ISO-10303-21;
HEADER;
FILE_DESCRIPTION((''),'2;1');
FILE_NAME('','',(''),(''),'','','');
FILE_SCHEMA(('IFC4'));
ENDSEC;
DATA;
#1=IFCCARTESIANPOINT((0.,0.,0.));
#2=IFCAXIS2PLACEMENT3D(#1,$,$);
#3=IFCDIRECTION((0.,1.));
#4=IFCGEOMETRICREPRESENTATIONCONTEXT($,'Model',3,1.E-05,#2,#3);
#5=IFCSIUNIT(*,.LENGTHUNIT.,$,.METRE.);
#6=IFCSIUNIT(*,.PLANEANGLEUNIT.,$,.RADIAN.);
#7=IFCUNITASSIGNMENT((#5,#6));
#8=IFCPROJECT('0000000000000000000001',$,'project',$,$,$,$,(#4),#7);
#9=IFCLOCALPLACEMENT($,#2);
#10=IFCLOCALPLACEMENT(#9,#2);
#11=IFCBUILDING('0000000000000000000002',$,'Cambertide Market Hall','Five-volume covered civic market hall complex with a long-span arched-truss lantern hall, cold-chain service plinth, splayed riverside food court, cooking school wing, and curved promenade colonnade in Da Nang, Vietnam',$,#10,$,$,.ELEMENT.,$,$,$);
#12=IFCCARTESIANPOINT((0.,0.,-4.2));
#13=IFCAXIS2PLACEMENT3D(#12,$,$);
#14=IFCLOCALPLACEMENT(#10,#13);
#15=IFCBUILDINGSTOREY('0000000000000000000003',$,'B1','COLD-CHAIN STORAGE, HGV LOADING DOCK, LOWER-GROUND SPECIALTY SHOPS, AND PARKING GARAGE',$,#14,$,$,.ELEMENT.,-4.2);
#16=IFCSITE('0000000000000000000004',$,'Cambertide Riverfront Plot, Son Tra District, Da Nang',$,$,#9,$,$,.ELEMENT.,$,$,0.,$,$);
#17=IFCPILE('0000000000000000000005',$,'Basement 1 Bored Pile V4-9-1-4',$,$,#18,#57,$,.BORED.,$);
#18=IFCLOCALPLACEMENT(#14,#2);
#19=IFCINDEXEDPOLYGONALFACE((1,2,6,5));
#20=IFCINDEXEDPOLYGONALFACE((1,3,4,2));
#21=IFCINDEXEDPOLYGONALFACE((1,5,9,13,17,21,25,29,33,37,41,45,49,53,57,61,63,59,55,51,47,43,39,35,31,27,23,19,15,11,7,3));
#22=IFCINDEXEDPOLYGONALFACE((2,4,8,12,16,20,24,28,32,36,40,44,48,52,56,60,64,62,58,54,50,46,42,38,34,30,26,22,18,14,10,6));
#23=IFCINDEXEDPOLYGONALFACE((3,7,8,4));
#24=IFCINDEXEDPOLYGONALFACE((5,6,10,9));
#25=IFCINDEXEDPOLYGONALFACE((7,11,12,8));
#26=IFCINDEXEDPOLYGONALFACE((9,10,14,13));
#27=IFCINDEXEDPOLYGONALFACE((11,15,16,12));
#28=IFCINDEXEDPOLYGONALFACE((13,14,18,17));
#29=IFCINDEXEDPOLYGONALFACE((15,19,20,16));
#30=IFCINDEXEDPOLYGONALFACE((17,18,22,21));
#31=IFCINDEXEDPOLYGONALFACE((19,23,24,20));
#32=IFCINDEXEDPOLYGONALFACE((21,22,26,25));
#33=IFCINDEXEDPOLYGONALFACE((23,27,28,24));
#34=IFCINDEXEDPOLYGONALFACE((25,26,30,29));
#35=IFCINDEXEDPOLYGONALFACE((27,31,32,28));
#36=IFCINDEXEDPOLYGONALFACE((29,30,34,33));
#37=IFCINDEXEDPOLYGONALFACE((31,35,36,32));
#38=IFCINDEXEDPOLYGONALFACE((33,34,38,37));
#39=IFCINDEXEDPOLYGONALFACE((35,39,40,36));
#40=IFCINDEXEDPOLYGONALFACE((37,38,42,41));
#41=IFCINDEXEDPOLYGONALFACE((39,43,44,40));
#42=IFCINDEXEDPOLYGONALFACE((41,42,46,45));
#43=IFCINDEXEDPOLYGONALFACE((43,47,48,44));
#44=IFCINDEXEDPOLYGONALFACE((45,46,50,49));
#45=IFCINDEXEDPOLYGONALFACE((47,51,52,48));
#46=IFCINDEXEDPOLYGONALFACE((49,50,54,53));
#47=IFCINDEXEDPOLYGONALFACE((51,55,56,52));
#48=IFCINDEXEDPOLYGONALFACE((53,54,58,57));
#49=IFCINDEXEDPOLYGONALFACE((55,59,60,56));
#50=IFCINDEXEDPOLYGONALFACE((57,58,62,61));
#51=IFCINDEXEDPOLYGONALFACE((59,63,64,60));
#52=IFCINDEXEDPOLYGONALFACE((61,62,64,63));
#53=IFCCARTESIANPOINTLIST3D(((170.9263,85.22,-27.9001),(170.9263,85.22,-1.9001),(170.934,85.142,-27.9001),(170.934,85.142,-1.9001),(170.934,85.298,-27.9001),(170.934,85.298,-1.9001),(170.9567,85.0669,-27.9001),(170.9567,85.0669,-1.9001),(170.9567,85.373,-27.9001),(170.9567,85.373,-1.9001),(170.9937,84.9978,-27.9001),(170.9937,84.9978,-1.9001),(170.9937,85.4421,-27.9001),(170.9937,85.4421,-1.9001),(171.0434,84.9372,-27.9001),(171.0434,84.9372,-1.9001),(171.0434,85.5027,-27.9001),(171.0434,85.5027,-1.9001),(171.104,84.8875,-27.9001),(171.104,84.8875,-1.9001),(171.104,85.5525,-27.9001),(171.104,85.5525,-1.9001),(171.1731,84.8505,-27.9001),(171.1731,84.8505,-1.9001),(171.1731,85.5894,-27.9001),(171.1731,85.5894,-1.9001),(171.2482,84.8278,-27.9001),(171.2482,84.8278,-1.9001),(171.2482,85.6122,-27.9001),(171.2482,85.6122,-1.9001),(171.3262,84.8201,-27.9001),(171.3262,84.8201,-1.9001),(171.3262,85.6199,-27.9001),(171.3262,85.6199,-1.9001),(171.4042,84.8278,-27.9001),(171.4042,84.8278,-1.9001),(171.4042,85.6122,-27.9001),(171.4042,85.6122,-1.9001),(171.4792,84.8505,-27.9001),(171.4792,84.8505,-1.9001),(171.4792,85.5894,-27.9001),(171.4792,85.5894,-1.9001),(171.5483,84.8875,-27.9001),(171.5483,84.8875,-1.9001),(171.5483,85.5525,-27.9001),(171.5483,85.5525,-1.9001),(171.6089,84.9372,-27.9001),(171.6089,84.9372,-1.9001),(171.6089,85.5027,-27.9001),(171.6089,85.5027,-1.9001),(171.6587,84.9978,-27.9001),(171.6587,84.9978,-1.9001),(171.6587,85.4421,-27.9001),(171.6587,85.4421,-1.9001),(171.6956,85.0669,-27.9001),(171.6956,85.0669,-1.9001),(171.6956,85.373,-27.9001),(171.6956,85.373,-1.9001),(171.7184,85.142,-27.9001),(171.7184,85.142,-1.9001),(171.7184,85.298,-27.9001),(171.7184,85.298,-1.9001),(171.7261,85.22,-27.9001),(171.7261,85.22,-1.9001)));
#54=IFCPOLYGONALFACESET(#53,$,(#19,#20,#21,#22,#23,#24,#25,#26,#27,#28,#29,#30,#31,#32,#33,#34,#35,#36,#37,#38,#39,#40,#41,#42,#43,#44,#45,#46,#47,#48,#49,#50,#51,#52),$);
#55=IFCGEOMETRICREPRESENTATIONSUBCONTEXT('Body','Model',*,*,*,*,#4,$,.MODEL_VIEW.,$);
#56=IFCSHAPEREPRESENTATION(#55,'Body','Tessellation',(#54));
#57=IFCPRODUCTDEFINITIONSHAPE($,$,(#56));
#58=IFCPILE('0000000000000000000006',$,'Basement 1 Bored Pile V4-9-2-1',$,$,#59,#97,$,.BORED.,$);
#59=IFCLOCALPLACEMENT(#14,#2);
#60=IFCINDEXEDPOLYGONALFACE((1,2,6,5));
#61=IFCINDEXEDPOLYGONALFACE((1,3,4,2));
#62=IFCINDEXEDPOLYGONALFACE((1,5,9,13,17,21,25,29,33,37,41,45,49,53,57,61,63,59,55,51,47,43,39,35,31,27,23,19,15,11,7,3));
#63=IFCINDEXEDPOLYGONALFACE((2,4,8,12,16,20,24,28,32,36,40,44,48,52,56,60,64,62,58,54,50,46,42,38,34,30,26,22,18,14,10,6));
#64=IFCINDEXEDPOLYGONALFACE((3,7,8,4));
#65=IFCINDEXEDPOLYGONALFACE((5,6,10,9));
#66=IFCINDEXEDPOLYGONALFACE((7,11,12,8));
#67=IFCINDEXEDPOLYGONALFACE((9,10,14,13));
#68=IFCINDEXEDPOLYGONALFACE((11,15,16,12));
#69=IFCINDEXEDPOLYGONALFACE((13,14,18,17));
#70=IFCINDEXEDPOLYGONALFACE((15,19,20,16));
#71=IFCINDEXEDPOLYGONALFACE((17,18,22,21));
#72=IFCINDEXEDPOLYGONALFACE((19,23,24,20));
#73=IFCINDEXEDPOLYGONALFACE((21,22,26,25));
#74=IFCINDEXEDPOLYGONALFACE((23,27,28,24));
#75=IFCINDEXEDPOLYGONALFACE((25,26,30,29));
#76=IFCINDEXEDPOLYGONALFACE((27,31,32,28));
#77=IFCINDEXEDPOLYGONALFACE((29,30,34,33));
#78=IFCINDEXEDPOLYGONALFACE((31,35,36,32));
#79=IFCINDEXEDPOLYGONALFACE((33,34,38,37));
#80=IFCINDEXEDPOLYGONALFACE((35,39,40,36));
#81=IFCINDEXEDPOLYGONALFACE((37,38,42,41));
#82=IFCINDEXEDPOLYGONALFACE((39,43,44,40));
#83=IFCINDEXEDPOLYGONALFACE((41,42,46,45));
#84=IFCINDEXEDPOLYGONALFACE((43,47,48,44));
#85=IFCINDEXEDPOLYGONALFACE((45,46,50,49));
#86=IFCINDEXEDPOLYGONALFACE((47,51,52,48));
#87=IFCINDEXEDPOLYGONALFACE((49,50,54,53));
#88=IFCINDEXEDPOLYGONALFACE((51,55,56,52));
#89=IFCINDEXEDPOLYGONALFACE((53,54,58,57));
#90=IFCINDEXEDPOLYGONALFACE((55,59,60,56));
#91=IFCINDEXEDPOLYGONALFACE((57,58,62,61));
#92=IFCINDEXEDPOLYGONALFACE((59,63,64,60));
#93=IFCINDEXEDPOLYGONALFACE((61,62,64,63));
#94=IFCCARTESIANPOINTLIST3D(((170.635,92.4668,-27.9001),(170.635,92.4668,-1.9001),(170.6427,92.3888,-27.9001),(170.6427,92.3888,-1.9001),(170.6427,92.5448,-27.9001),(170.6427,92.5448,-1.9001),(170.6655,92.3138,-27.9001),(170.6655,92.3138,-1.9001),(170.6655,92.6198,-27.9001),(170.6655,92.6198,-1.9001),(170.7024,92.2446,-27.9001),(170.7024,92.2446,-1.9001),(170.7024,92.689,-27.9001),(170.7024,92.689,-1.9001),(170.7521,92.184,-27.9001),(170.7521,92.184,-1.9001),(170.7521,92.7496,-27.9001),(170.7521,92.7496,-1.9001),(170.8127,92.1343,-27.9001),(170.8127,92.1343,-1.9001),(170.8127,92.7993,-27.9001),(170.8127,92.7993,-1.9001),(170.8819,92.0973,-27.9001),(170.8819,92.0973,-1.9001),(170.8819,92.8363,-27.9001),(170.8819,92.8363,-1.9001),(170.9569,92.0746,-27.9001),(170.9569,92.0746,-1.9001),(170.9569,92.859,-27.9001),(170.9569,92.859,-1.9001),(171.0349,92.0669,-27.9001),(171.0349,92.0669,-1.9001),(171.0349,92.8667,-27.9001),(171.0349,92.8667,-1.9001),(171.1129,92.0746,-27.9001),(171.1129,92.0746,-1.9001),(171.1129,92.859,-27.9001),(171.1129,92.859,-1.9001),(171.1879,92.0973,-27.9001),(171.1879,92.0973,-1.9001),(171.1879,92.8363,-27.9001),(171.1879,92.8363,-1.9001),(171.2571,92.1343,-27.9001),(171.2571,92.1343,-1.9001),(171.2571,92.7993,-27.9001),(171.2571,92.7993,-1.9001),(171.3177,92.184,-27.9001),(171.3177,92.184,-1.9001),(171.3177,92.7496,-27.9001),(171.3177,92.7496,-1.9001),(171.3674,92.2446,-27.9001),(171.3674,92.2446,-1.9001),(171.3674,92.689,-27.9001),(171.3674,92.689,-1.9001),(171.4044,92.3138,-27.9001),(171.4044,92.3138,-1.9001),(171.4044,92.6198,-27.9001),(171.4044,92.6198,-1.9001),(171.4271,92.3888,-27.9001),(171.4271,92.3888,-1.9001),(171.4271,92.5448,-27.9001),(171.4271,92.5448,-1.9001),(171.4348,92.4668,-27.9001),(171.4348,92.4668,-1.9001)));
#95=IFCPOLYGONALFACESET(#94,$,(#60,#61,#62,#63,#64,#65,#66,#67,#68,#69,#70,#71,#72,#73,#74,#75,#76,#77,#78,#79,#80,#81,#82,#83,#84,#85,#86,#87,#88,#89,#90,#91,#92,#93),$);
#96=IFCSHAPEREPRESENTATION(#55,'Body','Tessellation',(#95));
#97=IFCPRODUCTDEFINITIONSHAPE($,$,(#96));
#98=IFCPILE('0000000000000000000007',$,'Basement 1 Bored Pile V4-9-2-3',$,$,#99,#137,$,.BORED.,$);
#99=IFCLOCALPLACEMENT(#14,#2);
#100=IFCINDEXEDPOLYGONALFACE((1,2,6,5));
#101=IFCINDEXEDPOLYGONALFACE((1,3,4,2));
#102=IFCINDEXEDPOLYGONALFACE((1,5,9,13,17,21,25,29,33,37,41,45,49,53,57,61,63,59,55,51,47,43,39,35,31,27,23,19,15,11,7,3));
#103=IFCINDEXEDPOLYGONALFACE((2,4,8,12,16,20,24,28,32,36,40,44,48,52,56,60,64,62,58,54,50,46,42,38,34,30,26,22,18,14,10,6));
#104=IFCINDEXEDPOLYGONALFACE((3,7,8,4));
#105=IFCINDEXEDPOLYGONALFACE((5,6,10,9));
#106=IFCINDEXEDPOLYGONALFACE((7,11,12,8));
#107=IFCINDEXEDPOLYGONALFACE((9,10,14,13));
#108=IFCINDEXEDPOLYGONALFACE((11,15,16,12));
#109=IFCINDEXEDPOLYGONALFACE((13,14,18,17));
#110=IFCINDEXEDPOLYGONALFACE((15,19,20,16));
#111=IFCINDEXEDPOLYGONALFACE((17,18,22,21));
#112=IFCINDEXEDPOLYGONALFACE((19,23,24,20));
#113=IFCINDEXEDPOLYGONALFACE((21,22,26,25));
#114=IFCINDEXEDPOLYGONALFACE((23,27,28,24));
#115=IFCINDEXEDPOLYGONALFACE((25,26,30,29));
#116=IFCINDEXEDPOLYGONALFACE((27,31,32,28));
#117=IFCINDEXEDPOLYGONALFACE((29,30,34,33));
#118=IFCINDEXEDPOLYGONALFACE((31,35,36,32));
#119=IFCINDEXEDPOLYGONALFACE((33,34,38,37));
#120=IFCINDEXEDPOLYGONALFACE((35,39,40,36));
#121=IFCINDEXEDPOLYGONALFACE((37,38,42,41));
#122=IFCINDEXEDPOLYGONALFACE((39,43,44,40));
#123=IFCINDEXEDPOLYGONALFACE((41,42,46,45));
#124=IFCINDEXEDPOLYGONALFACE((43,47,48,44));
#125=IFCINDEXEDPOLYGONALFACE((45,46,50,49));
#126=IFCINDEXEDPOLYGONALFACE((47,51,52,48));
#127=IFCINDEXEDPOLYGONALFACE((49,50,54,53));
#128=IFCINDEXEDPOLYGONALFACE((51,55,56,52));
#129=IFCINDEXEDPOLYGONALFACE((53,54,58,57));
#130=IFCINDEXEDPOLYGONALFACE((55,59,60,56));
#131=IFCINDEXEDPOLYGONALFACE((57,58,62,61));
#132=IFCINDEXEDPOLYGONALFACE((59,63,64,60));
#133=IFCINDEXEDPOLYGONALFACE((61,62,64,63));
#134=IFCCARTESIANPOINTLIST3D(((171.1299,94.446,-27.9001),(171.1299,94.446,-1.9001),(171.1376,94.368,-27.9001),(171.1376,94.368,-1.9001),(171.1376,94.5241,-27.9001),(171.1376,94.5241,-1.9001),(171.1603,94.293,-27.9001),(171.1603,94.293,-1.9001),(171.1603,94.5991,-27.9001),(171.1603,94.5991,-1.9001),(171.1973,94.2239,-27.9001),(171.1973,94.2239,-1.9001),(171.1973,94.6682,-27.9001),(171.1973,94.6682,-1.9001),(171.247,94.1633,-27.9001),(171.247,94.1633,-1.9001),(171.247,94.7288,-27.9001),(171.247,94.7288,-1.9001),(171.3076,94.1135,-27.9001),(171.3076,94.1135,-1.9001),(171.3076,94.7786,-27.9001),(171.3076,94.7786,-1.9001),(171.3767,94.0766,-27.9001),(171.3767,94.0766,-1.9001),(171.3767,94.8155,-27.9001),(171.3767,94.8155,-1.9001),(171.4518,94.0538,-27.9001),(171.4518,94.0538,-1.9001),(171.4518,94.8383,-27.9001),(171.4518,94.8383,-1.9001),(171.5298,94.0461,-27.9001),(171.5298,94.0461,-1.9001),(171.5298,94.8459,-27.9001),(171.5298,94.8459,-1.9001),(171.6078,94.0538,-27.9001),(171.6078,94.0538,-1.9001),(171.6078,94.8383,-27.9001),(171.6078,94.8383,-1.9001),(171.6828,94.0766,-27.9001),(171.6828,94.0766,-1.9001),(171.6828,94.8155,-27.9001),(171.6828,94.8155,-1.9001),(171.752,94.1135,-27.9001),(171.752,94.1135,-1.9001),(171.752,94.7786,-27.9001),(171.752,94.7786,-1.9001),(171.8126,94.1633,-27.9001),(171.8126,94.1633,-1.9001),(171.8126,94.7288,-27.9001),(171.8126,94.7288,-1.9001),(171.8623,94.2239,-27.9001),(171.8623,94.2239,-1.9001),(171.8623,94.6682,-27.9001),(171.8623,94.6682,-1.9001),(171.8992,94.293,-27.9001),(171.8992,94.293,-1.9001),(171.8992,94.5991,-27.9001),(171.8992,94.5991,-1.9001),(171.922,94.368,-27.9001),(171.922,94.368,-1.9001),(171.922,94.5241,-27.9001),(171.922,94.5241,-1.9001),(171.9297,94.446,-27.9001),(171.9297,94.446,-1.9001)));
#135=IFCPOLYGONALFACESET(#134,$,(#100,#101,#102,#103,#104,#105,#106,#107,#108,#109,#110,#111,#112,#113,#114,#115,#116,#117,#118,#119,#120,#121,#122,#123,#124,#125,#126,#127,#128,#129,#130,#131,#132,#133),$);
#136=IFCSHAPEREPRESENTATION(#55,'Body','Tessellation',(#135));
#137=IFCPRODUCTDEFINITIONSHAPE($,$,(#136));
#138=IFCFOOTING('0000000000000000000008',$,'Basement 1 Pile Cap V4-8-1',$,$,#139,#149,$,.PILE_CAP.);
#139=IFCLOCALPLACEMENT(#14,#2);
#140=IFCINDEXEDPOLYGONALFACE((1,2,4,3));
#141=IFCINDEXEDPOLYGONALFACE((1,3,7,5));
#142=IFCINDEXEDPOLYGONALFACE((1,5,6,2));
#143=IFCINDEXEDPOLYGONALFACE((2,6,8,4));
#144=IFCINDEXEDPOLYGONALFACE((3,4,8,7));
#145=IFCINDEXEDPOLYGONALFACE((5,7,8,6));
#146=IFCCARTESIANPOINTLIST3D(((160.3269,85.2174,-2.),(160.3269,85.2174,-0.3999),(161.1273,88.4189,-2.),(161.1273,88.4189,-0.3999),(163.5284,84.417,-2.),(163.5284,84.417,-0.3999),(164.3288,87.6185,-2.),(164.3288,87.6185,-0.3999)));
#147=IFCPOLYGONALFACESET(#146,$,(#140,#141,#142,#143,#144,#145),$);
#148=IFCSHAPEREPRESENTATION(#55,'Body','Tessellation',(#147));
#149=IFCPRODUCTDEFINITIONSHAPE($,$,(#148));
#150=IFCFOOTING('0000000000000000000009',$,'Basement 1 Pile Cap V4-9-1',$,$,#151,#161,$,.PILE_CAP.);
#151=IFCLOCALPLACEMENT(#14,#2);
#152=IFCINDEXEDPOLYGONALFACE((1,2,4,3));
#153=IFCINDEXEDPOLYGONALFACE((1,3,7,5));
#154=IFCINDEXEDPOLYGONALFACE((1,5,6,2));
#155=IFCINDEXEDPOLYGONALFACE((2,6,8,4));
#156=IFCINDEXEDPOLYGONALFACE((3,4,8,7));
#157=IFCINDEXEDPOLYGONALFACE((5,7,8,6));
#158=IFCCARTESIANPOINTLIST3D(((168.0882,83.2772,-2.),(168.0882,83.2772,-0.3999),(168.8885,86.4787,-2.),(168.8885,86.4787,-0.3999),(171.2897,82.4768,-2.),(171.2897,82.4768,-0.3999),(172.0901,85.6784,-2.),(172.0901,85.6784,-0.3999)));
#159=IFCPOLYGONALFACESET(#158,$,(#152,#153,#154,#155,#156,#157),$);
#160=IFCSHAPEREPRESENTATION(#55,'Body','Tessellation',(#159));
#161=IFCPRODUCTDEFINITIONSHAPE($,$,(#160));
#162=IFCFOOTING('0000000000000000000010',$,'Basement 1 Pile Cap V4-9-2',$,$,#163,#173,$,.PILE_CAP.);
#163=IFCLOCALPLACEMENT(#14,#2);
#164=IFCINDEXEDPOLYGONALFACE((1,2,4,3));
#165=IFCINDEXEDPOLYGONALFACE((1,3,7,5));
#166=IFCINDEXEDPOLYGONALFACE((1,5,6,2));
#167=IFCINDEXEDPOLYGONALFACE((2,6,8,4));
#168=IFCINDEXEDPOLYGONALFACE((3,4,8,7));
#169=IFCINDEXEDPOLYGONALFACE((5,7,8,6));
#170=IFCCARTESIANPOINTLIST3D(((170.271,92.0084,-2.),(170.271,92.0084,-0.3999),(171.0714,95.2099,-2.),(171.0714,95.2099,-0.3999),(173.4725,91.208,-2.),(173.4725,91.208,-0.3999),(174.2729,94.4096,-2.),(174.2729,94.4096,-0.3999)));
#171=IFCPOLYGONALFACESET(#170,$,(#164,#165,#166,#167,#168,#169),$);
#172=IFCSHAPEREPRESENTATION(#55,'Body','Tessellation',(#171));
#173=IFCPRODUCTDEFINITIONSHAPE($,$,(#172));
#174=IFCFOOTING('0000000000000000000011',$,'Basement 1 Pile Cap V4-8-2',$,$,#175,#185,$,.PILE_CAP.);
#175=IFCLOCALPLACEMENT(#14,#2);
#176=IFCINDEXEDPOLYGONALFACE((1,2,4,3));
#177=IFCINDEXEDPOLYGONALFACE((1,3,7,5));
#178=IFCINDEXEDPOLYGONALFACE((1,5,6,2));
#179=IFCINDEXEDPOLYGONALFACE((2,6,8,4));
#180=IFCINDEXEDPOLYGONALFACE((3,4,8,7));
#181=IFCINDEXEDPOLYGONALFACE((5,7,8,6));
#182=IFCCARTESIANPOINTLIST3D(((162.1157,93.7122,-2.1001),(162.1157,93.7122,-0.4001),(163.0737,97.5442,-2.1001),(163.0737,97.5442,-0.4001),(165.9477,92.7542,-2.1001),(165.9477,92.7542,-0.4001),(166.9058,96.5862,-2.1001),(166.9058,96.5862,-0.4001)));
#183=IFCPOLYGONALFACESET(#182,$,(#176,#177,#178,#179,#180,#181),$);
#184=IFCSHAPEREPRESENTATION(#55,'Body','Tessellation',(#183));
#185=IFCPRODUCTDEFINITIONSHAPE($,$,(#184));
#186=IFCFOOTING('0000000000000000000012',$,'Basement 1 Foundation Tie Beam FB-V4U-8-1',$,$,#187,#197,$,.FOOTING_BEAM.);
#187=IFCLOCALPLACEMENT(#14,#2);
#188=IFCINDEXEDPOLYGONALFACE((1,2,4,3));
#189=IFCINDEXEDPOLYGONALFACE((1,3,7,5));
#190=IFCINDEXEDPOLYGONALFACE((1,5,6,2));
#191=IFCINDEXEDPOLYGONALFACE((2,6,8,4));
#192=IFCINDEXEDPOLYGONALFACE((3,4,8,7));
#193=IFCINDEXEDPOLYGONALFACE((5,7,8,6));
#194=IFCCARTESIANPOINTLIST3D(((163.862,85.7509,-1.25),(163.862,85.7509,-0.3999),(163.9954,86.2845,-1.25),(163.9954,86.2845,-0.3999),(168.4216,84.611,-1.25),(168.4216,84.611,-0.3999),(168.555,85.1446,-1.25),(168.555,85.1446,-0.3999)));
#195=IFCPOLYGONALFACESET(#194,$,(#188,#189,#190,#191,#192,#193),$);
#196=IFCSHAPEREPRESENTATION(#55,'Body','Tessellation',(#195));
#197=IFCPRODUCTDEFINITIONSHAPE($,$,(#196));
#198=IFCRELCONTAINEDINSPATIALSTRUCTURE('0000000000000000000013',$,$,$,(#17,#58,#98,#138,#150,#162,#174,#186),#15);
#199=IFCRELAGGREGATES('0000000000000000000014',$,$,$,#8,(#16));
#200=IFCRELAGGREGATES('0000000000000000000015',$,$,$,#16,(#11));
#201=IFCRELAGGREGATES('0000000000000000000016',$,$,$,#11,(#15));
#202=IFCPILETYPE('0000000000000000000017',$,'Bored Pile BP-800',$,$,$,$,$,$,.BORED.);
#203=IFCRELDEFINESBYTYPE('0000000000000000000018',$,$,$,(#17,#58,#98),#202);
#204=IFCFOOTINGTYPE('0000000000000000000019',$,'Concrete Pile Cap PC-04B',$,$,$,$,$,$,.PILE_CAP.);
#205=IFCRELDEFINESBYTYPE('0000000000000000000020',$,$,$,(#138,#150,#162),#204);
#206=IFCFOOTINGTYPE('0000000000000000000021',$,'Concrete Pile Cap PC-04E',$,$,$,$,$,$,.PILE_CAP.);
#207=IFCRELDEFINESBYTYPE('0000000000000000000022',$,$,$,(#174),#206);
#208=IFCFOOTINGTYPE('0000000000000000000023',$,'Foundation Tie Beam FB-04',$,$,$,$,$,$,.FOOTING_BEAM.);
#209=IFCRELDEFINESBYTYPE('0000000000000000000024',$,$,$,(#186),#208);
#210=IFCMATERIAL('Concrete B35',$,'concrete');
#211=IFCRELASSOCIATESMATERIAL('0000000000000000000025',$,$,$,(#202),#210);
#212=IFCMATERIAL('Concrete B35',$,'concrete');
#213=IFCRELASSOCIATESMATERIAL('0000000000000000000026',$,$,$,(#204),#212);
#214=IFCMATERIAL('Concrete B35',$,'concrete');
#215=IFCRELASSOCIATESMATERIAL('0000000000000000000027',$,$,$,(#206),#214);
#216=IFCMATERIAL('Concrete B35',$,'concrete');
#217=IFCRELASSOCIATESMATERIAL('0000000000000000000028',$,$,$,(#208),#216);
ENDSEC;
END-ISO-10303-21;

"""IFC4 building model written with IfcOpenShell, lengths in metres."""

from ifc_helpers import new_model, si_unit, direction, frame, origin, origin_2d, place, context, subcontext, project, spatial, rectangle, circle, extrude, material, material_profile, profile_set, type_object, element, save


model = new_model("IFC4")

# Units and contexts
model_context = context("Model", 3, precision=1e-05, world=origin(), true_north=direction((0.0, 1.0)))
body_context = subcontext(model_context, "Body", "Model", "MODEL_VIEW")
ifc_project = project(units=[si_unit("LENGTHUNIT", "METRE"), si_unit("PLANEANGLEUNIT", "RADIAN")], contexts=[model_context])

# Site, building, storey
site_placement = place(None, origin())
site = spatial("IfcSite", under=ifc_project, at=site_placement, Name="Cambertide Riverfront Plot, Son Tra District, Da Nang", CompositionType="ELEMENT", RefElevation=0.0)
building_placement = place(site_placement, origin())
building = spatial("IfcBuilding", under=site, at=building_placement, Name="Cambertide Market Hall", Description="Five-volume covered civic market hall complex with a long-span arched-truss lantern hall, cold-chain service plinth, splayed riverside food court, cooking school wing, and curved promenade colonnade in Da Nang, Vietnam", CompositionType="ELEMENT")
storey_placement = place(building_placement, frame((0.0, 0.0, -4.2)))
storey = spatial("IfcBuildingStorey", under=building, at=storey_placement, Name="B1", Description="COLD-CHAIN STORAGE, HGV LOADING DOCK, LOWER-GROUND SPECIALTY SHOPS, AND PARKING GARAGE", CompositionType="ELEMENT", Elevation=-4.2)

# Piles
ifc_material_1 = material(Name="Concrete B35", Category="concrete")
ifc_material_profile_1 = material_profile(ifc_material_1, circle(Radius=0.3999, at=origin_2d()), Name="BP D800")
ifc_profile_set_1 = profile_set([ifc_material_profile_1], Name="Concrete B35")
pile_type_1 = type_object("IfcPileType", Name="Bored Pile BP-800", PredefinedType="BORED", material=ifc_profile_set_1)
for number, where, z_axis, x_axis, name in (
    (1, (171.3262, 85.22, -1.9001), (0.0, 0.0, -1.0), (1.0, 0.0, 0.0), "Basement 1 Bored Pile V4-9-1-4"),
    (2, (171.0349, 92.4668, -1.9001), (0.0, 0.0, -1.0), (1.0, 0.0, 0.0), "Basement 1 Bored Pile V4-9-2-1"),
    (3, (171.5298, 94.446, -1.9001), (0.0, 0.0, -1.0), (1.0, 0.0, 0.0), "Basement 1 Bored Pile V4-9-2-3"),
):
    element("IfcPile", number, at=place(storey_placement, frame(where, z_axis=z_axis, x_axis=x_axis)), inside=storey, type_object=pile_type_1, Name=name, PredefinedType="BORED", context=body_context, shape_type="SweptSolid", body=[
        extrude(circle(Radius=0.3999, at=origin_2d()), origin(), (0.0, 0.0, 1.0), 26.0),
    ])

# Footings
ifc_material_2 = material(Name="Concrete B35", Category="concrete")
footing_type_1 = type_object("IfcFootingType", Name="Concrete Pile Cap PC-04B", PredefinedType="PILE_CAP", material=ifc_material_2)
for number, where, z_axis, x_axis, name in (
    (4, (162.3279, 86.418, -2.0), (0.0, 0.0, 1.0), (0.970143, -0.242536, 0.0), "Basement 1 Pile Cap V4-8-1"),
    (5, (170.0891, 84.4778, -2.0), (0.0, 0.0, 1.0), (0.970143, -0.242536, 0.0), "Basement 1 Pile Cap V4-9-1"),
    (6, (172.272, 93.209, -2.0), (0.0, 0.0, 1.0), (0.970143, -0.242536, 0.0), "Basement 1 Pile Cap V4-9-2"),
):
    element("IfcFooting", number, at=place(storey_placement, frame(where, z_axis=z_axis, x_axis=x_axis)), inside=storey, type_object=footing_type_1, Name=name, PredefinedType="PILE_CAP", context=body_context, shape_type="SweptSolid", body=[
        extrude(rectangle(XDim=3.3, YDim=3.3, at=origin_2d()), origin(), (0.0, 0.0, 1.0), 1.6001),
    ])
ifc_material_3 = material(Name="Concrete B35", Category="concrete")
footing_type_2 = type_object("IfcFootingType", Name="Concrete Pile Cap PC-04E", PredefinedType="PILE_CAP", material=ifc_material_3)
footing_1_placement = place(storey_placement, frame((164.5107, 95.1492, -2.1001), z_axis=(0.0, 0.0, 1.0), x_axis=(0.970143, -0.242536, 0.0)))
element("IfcFooting", 7, at=footing_1_placement, inside=storey, type_object=footing_type_2, Name="Basement 1 Pile Cap V4-8-2", PredefinedType="PILE_CAP", context=body_context, shape_type="SweptSolid", body=[
    extrude(rectangle(XDim=3.95, YDim=3.95, at=origin_2d()), origin(), (0.0, 0.0, 1.0), 1.7),
])
ifc_material_4 = material(Name="Concrete B35", Category="concrete")
footing_type_3 = type_object("IfcFootingType", Name="Foundation Tie Beam FB-04", PredefinedType="FOOTING_BEAM", material=ifc_material_4)
footing_2_placement = place(storey_placement, frame((166.2085, 85.4478, -1.25), z_axis=(0.0, 0.0, 1.0), x_axis=(0.970143, -0.242536, 0.0)))
element("IfcFooting", 8, at=footing_2_placement, inside=storey, type_object=footing_type_3, Name="Basement 1 Foundation Tie Beam FB-V4U-8-1", PredefinedType="FOOTING_BEAM", context=body_context, shape_type="SweptSolid", body=[
    extrude(rectangle(XDim=4.7, YDim=0.55, at=origin_2d()), origin(), (0.0, 0.0, 1.0), 0.8501),
])

save(model, "model.ifc")
